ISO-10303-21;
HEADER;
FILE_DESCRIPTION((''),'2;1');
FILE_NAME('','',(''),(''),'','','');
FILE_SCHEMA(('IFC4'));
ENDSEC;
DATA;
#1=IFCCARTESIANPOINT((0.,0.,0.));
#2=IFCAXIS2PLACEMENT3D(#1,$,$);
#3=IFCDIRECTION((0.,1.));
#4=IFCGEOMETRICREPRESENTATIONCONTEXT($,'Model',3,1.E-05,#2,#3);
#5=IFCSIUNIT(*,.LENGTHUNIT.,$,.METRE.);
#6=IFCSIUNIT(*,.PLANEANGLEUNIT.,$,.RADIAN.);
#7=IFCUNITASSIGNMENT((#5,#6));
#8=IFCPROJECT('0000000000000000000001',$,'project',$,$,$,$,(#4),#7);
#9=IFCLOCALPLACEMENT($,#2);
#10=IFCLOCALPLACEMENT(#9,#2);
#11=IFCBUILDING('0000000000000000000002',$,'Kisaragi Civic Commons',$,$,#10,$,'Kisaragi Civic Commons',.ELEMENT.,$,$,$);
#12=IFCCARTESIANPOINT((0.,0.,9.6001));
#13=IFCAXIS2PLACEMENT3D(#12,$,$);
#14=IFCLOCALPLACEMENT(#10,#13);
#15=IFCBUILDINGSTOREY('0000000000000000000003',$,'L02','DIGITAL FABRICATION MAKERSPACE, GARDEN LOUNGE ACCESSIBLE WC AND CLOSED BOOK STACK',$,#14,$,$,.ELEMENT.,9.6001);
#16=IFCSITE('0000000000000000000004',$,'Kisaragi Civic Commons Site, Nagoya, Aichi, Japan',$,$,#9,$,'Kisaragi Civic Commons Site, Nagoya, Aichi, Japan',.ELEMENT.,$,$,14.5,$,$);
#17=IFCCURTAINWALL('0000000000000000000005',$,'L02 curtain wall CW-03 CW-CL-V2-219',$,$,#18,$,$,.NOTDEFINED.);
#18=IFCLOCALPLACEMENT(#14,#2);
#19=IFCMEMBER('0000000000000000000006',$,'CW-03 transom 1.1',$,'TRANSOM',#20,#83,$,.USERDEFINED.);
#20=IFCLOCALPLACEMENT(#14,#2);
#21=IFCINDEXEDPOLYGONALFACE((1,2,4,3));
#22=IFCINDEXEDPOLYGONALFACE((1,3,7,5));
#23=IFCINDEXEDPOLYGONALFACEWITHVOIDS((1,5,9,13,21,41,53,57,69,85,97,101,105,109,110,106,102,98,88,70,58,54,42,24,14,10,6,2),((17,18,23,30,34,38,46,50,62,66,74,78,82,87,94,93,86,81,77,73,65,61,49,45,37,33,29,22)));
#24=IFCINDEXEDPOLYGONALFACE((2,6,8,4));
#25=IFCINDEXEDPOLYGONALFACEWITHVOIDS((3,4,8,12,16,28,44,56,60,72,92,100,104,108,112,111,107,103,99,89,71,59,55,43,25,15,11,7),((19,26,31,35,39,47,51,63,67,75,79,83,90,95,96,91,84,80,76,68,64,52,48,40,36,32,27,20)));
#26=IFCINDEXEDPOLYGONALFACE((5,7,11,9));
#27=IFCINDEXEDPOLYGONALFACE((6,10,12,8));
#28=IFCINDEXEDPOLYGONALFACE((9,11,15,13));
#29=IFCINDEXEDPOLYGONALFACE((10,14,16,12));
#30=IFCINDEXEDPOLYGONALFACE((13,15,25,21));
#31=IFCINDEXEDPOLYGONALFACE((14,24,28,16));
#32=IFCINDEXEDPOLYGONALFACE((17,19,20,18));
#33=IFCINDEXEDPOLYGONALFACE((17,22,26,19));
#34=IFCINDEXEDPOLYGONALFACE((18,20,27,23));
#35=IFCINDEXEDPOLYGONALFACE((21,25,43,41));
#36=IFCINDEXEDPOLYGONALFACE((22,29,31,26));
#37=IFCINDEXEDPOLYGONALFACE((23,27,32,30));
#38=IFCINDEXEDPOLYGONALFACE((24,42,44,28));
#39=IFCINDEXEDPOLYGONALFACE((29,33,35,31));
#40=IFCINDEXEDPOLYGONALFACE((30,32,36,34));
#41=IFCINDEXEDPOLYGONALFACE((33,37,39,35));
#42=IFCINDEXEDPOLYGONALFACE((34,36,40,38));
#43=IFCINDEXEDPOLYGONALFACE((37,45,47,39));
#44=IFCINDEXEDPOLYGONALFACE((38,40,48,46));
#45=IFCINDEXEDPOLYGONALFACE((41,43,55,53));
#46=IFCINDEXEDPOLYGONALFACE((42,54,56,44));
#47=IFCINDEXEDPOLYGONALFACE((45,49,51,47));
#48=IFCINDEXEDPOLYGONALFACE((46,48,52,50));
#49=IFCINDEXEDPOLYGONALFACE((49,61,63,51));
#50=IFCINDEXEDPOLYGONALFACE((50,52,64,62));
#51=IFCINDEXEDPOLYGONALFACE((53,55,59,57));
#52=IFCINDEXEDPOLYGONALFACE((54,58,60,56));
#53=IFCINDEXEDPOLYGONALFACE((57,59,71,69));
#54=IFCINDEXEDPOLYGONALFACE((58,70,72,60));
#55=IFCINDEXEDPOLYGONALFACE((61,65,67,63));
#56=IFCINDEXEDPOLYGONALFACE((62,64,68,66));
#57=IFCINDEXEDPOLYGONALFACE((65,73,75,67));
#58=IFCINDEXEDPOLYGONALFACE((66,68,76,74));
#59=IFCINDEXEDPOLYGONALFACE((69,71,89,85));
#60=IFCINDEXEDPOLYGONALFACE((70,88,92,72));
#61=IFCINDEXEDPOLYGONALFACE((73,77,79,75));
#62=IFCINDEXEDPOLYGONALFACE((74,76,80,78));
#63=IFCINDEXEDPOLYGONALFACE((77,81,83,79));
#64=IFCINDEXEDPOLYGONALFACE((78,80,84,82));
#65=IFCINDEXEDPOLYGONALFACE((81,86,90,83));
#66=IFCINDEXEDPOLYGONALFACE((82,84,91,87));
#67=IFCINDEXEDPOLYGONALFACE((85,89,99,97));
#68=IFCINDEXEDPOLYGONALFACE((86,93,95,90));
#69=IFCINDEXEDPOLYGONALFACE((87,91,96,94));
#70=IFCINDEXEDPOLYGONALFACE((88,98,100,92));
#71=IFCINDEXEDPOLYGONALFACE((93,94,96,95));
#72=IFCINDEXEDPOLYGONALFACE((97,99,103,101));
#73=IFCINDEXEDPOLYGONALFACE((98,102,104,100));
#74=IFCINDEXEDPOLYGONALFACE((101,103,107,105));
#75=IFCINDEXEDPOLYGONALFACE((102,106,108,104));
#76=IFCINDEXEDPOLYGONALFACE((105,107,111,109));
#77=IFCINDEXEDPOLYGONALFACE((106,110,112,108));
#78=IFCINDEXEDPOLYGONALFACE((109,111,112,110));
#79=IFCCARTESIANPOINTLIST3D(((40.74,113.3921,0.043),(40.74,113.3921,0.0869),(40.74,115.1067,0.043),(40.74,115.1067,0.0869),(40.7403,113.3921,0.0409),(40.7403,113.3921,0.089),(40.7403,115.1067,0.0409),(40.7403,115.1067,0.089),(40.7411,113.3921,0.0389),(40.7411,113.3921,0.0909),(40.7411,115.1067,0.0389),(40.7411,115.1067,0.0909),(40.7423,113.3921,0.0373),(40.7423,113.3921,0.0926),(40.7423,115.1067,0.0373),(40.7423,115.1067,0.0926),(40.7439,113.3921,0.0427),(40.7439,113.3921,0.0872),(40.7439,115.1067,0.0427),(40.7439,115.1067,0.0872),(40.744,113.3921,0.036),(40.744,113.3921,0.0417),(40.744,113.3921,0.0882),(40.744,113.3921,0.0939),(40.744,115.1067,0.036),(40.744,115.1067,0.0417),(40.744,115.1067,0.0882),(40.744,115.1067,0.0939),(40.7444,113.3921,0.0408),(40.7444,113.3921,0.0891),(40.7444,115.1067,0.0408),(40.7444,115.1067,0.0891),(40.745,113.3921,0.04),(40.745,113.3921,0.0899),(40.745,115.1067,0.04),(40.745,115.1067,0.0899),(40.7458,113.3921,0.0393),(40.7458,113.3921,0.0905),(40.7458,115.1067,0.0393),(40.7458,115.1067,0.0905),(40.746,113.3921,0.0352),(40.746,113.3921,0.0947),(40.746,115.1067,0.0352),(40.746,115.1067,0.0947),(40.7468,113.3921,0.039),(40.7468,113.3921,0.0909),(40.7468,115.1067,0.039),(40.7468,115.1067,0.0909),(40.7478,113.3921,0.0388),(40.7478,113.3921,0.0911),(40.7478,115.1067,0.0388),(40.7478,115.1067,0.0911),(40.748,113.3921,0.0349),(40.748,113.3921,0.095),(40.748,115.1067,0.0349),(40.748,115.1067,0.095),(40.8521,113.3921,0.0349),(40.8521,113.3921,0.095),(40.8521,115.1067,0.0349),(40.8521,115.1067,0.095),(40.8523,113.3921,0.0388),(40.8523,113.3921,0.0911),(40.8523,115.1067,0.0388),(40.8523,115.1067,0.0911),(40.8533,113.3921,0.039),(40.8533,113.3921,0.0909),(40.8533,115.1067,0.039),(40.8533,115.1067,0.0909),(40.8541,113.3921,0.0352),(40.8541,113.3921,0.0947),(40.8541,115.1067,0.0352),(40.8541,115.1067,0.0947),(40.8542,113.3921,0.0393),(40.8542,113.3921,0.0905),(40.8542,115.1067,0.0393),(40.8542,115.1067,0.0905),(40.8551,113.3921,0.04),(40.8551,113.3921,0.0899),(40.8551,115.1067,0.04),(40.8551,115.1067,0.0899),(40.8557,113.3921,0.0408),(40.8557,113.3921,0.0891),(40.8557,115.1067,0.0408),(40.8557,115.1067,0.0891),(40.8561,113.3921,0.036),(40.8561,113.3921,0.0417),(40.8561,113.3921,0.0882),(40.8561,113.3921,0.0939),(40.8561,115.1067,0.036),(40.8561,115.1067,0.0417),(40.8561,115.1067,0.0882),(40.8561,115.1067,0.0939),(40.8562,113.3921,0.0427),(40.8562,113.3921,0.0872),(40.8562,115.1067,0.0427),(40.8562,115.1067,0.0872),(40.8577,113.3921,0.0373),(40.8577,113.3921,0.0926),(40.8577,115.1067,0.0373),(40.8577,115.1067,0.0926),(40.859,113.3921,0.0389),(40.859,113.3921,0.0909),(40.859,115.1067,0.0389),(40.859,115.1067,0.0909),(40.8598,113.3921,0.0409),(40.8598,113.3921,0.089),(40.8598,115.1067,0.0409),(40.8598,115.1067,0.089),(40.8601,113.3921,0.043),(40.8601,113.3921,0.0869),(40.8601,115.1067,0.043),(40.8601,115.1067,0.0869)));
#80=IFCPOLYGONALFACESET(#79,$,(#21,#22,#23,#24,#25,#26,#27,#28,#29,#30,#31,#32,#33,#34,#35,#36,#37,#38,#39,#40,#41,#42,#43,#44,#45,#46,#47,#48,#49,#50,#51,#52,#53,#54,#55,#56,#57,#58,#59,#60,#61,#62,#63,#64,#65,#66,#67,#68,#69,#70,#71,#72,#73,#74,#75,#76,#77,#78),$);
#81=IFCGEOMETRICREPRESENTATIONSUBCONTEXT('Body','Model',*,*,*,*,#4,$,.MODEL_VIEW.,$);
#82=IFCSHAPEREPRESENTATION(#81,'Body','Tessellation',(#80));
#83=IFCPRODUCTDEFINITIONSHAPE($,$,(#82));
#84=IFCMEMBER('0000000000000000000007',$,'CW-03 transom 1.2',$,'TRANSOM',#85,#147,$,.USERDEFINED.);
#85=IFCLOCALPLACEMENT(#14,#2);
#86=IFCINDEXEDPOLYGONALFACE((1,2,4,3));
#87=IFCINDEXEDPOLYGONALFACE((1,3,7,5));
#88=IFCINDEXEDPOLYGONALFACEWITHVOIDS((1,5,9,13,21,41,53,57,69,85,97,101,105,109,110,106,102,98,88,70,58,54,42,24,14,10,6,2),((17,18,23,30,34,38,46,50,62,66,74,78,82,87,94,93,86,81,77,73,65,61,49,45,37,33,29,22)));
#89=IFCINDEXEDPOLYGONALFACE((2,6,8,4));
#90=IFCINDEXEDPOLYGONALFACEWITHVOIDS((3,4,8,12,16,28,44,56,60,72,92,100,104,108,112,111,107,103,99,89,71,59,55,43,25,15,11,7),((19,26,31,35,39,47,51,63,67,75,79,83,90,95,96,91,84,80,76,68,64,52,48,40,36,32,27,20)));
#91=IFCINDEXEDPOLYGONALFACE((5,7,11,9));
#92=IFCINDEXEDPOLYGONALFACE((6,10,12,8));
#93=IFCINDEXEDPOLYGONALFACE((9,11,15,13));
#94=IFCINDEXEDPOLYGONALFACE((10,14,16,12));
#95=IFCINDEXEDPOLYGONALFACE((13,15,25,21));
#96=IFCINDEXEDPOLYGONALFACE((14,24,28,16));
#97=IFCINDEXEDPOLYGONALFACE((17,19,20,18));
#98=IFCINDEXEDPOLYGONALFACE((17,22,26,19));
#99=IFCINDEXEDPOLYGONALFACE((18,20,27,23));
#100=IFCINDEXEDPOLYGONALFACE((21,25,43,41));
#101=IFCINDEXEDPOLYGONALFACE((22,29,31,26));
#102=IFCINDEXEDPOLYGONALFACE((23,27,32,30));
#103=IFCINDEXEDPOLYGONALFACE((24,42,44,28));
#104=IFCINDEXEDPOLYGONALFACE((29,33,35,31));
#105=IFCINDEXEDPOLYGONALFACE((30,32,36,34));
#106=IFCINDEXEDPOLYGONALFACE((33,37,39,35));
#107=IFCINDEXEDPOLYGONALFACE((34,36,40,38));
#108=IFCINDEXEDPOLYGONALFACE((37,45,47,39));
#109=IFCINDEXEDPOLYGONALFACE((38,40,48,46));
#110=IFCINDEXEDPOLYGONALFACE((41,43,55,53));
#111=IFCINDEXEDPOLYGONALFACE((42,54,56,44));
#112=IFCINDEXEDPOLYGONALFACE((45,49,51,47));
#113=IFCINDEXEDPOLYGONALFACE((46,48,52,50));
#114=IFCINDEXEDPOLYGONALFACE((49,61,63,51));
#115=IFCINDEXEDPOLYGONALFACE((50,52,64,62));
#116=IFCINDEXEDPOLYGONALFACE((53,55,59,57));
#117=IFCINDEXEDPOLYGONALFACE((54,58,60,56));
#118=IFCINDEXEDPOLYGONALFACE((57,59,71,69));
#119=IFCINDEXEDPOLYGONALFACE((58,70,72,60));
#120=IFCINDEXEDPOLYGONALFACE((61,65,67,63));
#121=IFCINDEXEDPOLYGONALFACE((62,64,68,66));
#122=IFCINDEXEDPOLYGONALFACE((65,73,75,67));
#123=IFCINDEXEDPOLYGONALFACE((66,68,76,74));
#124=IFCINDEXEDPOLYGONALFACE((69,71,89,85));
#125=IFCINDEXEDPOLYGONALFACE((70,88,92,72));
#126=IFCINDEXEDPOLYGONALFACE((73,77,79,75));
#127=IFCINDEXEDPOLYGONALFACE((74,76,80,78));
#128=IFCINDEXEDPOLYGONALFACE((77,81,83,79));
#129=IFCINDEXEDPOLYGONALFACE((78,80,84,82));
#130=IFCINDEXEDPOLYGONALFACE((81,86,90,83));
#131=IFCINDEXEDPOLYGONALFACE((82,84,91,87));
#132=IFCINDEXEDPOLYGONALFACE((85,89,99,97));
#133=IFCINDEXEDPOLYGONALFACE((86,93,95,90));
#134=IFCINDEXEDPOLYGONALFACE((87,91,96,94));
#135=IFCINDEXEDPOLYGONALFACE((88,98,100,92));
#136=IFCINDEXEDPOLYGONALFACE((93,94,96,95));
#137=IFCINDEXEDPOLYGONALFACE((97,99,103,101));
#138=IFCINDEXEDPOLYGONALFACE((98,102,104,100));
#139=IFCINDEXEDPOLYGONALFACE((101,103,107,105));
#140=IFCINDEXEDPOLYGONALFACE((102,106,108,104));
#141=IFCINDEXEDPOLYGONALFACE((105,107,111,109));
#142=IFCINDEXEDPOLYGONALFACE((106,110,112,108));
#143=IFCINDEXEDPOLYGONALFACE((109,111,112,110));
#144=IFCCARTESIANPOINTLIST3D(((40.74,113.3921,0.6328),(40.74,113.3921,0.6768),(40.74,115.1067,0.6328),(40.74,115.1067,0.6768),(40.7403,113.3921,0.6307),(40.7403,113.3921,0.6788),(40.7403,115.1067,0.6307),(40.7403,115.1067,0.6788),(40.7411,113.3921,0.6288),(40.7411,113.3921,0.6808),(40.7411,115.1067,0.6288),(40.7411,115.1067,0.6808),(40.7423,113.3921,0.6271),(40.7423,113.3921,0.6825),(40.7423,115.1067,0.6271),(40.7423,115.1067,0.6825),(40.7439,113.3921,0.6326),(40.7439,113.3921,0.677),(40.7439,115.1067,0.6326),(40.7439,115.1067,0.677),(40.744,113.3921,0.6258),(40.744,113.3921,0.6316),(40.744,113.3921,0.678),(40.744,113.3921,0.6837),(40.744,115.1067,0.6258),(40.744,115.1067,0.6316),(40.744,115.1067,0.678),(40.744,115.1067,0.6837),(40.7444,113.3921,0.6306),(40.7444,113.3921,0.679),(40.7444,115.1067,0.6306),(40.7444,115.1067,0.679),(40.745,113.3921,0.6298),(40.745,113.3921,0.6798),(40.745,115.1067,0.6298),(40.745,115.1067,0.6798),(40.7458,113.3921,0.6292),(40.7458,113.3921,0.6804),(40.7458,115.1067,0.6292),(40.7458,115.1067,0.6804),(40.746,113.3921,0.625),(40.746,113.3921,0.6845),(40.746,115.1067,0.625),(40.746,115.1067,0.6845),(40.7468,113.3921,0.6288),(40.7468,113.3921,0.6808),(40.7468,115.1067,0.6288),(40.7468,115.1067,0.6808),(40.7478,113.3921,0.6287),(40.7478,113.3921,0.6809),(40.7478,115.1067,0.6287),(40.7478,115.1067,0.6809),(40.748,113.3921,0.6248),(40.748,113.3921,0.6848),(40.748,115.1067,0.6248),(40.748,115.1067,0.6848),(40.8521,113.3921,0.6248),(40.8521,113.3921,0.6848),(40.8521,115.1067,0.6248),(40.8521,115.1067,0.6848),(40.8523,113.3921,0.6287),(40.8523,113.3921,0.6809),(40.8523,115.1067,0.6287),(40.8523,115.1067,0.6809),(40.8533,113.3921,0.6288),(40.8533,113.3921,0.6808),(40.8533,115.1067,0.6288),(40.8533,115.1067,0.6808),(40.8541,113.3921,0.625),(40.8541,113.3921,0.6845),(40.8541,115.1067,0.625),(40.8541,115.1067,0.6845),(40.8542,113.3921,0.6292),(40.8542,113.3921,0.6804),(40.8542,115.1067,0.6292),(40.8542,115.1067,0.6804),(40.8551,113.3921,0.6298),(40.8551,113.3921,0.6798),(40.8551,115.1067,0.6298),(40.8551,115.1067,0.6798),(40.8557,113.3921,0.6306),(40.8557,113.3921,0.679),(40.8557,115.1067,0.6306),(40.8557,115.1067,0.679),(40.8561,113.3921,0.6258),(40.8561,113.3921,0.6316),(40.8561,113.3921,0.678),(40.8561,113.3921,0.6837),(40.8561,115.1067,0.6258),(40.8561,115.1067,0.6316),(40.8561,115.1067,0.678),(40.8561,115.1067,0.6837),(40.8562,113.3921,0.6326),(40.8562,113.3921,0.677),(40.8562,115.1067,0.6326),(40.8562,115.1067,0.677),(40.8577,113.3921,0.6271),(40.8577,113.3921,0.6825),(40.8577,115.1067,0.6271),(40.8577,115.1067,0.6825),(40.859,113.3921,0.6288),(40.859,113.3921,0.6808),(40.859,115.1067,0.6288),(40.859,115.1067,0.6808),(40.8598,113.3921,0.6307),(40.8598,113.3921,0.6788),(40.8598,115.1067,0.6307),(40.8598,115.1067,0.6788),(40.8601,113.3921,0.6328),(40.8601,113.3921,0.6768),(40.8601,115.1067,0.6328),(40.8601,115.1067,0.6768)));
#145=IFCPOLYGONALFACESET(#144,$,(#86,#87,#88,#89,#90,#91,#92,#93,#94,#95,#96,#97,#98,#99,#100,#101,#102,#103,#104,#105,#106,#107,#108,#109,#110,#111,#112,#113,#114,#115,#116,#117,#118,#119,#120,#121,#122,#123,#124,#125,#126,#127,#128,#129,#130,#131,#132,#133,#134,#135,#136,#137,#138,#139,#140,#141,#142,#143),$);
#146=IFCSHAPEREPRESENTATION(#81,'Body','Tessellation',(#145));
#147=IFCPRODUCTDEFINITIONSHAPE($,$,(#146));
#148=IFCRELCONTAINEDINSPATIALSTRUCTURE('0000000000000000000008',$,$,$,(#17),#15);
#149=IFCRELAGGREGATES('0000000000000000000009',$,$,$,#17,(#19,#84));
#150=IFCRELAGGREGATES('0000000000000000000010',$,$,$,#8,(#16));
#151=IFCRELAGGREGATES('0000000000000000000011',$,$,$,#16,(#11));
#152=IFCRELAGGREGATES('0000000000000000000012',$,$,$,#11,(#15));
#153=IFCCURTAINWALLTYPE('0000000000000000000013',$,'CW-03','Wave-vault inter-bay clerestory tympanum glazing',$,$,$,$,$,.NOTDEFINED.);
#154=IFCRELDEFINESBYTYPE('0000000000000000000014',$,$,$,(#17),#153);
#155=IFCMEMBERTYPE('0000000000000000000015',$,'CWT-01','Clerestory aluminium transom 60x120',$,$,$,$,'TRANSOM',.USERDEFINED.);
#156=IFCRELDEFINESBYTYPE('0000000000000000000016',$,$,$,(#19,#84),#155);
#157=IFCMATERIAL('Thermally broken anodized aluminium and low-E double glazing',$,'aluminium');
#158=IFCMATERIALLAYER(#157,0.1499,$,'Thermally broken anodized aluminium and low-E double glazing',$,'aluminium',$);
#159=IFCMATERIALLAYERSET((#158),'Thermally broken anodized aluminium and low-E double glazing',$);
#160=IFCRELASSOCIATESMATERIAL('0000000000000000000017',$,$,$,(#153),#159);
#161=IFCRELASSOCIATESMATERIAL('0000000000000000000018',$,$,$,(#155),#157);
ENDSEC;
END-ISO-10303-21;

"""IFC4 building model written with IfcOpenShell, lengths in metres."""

from ifc_helpers import new_model, si_unit, direction, frame, origin, origin_2d, place, context, subcontext, project, spatial, hollow_rectangle, extrude, material, layer, layer_set, material_profile, profile_set, type_object, element, aggregate, save


model = new_model("IFC4")

# Units and contexts
model_context = context("Model", 3, precision=1e-05, world=origin(), true_north=direction((0.0, 1.0)))
body_context = subcontext(model_context, "Body", "Model", "MODEL_VIEW")
ifc_project = project(units=[si_unit("LENGTHUNIT", "METRE"), si_unit("PLANEANGLEUNIT", "RADIAN")], contexts=[model_context])

# Site, building, storey
site_placement = place(None, origin())
site = spatial("IfcSite", under=ifc_project, at=site_placement, Name="Kisaragi Civic Commons Site, Nagoya, Aichi, Japan", LongName="Kisaragi Civic Commons Site, Nagoya, Aichi, Japan", CompositionType="ELEMENT", RefElevation=14.5)
building_placement = place(site_placement, origin())
building = spatial("IfcBuilding", under=site, at=building_placement, Name="Kisaragi Civic Commons", LongName="Kisaragi Civic Commons", CompositionType="ELEMENT")
storey_placement = place(building_placement, frame((0.0, 0.0, 9.6001)))
storey = spatial("IfcBuildingStorey", under=building, at=storey_placement, Name="L02", Description="DIGITAL FABRICATION MAKERSPACE, GARDEN LOUNGE ACCESSIBLE WC AND CLOSED BOOK STACK", CompositionType="ELEMENT", Elevation=9.6001)

# Curtain wall, members
ifc_material_1 = material(Name="Thermally broken anodized aluminium and low-E double glazing", Category="aluminium")
ifc_layer_1 = layer(ifc_material_1, 0.1499, Name="Thermally broken anodized aluminium and low-E double glazing", Category="aluminium")
ifc_layer_set_1 = layer_set([ifc_layer_1], Name="Thermally broken anodized aluminium and low-E double glazing")
curtain_wall_type = type_object("IfcCurtainWallType", Name="CW-03", Description="Wave-vault inter-bay clerestory tympanum glazing", PredefinedType="NOTDEFINED", material=ifc_layer_set_1)
curtain_wall_placement = place(storey_placement, origin())
curtain_wall = element("IfcCurtainWall", 1, at=curtain_wall_placement, inside=storey, type_object=curtain_wall_type, Name="L02 curtain wall CW-03 CW-CL-V2-219", PredefinedType="NOTDEFINED")
ifc_material_profile_1 = material_profile(ifc_material_1, hollow_rectangle(XDim=0.1201, YDim=0.0601, WallThickness=0.0039, InnerFilletRadius=0.0039, OuterFilletRadius=0.0081, at=origin_2d()), Name="CWT-60x120x4", Category="aluminium")
ifc_profile_set_1 = profile_set([ifc_material_profile_1], Name="Thermally broken anodized aluminium and low-E double glazing")
member_type_1 = type_object("IfcMemberType", Name="CWT-01", Description="Clerestory aluminium transom 60x120", ElementType="TRANSOM", PredefinedType="USERDEFINED", material=ifc_profile_set_1)
member_1_placement = place(storey_placement, frame((40.8, 113.3921, 0.0649), z_axis=(0.0, 1.0, 0.0), x_axis=(-1.0, 0.0, 0.0)))
member_1 = element("IfcMember", 2, at=member_1_placement, type_object=member_type_1, Name="CW-03 transom 1.1", ObjectType="TRANSOM", PredefinedType="USERDEFINED", context=body_context, shape_type="SweptSolid", body=[
    extrude(hollow_rectangle(XDim=0.1201, YDim=0.0601, WallThickness=0.0039, InnerFilletRadius=0.0039, OuterFilletRadius=0.0081, at=origin_2d()), origin(), (0.0, 0.0, 1.0), 1.7146),
])
member_2_placement = place(storey_placement, frame((40.8, 113.3921, 0.6548), z_axis=(0.0, 1.0, 0.0), x_axis=(-1.0, 0.0, 0.0)))
member_2 = element("IfcMember", 3, at=member_2_placement, type_object=member_type_1, Name="CW-03 transom 1.2", ObjectType="TRANSOM", PredefinedType="USERDEFINED", context=body_context, shape_type="SweptSolid", body=[
    extrude(hollow_rectangle(XDim=0.1201, YDim=0.0601, WallThickness=0.0039, InnerFilletRadius=0.0039, OuterFilletRadius=0.0081, at=origin_2d()), origin(), (0.0, 0.0, 1.0), 1.7146),
])

aggregate(curtain_wall, [member_1, member_2])

save(model, "model.ifc")
